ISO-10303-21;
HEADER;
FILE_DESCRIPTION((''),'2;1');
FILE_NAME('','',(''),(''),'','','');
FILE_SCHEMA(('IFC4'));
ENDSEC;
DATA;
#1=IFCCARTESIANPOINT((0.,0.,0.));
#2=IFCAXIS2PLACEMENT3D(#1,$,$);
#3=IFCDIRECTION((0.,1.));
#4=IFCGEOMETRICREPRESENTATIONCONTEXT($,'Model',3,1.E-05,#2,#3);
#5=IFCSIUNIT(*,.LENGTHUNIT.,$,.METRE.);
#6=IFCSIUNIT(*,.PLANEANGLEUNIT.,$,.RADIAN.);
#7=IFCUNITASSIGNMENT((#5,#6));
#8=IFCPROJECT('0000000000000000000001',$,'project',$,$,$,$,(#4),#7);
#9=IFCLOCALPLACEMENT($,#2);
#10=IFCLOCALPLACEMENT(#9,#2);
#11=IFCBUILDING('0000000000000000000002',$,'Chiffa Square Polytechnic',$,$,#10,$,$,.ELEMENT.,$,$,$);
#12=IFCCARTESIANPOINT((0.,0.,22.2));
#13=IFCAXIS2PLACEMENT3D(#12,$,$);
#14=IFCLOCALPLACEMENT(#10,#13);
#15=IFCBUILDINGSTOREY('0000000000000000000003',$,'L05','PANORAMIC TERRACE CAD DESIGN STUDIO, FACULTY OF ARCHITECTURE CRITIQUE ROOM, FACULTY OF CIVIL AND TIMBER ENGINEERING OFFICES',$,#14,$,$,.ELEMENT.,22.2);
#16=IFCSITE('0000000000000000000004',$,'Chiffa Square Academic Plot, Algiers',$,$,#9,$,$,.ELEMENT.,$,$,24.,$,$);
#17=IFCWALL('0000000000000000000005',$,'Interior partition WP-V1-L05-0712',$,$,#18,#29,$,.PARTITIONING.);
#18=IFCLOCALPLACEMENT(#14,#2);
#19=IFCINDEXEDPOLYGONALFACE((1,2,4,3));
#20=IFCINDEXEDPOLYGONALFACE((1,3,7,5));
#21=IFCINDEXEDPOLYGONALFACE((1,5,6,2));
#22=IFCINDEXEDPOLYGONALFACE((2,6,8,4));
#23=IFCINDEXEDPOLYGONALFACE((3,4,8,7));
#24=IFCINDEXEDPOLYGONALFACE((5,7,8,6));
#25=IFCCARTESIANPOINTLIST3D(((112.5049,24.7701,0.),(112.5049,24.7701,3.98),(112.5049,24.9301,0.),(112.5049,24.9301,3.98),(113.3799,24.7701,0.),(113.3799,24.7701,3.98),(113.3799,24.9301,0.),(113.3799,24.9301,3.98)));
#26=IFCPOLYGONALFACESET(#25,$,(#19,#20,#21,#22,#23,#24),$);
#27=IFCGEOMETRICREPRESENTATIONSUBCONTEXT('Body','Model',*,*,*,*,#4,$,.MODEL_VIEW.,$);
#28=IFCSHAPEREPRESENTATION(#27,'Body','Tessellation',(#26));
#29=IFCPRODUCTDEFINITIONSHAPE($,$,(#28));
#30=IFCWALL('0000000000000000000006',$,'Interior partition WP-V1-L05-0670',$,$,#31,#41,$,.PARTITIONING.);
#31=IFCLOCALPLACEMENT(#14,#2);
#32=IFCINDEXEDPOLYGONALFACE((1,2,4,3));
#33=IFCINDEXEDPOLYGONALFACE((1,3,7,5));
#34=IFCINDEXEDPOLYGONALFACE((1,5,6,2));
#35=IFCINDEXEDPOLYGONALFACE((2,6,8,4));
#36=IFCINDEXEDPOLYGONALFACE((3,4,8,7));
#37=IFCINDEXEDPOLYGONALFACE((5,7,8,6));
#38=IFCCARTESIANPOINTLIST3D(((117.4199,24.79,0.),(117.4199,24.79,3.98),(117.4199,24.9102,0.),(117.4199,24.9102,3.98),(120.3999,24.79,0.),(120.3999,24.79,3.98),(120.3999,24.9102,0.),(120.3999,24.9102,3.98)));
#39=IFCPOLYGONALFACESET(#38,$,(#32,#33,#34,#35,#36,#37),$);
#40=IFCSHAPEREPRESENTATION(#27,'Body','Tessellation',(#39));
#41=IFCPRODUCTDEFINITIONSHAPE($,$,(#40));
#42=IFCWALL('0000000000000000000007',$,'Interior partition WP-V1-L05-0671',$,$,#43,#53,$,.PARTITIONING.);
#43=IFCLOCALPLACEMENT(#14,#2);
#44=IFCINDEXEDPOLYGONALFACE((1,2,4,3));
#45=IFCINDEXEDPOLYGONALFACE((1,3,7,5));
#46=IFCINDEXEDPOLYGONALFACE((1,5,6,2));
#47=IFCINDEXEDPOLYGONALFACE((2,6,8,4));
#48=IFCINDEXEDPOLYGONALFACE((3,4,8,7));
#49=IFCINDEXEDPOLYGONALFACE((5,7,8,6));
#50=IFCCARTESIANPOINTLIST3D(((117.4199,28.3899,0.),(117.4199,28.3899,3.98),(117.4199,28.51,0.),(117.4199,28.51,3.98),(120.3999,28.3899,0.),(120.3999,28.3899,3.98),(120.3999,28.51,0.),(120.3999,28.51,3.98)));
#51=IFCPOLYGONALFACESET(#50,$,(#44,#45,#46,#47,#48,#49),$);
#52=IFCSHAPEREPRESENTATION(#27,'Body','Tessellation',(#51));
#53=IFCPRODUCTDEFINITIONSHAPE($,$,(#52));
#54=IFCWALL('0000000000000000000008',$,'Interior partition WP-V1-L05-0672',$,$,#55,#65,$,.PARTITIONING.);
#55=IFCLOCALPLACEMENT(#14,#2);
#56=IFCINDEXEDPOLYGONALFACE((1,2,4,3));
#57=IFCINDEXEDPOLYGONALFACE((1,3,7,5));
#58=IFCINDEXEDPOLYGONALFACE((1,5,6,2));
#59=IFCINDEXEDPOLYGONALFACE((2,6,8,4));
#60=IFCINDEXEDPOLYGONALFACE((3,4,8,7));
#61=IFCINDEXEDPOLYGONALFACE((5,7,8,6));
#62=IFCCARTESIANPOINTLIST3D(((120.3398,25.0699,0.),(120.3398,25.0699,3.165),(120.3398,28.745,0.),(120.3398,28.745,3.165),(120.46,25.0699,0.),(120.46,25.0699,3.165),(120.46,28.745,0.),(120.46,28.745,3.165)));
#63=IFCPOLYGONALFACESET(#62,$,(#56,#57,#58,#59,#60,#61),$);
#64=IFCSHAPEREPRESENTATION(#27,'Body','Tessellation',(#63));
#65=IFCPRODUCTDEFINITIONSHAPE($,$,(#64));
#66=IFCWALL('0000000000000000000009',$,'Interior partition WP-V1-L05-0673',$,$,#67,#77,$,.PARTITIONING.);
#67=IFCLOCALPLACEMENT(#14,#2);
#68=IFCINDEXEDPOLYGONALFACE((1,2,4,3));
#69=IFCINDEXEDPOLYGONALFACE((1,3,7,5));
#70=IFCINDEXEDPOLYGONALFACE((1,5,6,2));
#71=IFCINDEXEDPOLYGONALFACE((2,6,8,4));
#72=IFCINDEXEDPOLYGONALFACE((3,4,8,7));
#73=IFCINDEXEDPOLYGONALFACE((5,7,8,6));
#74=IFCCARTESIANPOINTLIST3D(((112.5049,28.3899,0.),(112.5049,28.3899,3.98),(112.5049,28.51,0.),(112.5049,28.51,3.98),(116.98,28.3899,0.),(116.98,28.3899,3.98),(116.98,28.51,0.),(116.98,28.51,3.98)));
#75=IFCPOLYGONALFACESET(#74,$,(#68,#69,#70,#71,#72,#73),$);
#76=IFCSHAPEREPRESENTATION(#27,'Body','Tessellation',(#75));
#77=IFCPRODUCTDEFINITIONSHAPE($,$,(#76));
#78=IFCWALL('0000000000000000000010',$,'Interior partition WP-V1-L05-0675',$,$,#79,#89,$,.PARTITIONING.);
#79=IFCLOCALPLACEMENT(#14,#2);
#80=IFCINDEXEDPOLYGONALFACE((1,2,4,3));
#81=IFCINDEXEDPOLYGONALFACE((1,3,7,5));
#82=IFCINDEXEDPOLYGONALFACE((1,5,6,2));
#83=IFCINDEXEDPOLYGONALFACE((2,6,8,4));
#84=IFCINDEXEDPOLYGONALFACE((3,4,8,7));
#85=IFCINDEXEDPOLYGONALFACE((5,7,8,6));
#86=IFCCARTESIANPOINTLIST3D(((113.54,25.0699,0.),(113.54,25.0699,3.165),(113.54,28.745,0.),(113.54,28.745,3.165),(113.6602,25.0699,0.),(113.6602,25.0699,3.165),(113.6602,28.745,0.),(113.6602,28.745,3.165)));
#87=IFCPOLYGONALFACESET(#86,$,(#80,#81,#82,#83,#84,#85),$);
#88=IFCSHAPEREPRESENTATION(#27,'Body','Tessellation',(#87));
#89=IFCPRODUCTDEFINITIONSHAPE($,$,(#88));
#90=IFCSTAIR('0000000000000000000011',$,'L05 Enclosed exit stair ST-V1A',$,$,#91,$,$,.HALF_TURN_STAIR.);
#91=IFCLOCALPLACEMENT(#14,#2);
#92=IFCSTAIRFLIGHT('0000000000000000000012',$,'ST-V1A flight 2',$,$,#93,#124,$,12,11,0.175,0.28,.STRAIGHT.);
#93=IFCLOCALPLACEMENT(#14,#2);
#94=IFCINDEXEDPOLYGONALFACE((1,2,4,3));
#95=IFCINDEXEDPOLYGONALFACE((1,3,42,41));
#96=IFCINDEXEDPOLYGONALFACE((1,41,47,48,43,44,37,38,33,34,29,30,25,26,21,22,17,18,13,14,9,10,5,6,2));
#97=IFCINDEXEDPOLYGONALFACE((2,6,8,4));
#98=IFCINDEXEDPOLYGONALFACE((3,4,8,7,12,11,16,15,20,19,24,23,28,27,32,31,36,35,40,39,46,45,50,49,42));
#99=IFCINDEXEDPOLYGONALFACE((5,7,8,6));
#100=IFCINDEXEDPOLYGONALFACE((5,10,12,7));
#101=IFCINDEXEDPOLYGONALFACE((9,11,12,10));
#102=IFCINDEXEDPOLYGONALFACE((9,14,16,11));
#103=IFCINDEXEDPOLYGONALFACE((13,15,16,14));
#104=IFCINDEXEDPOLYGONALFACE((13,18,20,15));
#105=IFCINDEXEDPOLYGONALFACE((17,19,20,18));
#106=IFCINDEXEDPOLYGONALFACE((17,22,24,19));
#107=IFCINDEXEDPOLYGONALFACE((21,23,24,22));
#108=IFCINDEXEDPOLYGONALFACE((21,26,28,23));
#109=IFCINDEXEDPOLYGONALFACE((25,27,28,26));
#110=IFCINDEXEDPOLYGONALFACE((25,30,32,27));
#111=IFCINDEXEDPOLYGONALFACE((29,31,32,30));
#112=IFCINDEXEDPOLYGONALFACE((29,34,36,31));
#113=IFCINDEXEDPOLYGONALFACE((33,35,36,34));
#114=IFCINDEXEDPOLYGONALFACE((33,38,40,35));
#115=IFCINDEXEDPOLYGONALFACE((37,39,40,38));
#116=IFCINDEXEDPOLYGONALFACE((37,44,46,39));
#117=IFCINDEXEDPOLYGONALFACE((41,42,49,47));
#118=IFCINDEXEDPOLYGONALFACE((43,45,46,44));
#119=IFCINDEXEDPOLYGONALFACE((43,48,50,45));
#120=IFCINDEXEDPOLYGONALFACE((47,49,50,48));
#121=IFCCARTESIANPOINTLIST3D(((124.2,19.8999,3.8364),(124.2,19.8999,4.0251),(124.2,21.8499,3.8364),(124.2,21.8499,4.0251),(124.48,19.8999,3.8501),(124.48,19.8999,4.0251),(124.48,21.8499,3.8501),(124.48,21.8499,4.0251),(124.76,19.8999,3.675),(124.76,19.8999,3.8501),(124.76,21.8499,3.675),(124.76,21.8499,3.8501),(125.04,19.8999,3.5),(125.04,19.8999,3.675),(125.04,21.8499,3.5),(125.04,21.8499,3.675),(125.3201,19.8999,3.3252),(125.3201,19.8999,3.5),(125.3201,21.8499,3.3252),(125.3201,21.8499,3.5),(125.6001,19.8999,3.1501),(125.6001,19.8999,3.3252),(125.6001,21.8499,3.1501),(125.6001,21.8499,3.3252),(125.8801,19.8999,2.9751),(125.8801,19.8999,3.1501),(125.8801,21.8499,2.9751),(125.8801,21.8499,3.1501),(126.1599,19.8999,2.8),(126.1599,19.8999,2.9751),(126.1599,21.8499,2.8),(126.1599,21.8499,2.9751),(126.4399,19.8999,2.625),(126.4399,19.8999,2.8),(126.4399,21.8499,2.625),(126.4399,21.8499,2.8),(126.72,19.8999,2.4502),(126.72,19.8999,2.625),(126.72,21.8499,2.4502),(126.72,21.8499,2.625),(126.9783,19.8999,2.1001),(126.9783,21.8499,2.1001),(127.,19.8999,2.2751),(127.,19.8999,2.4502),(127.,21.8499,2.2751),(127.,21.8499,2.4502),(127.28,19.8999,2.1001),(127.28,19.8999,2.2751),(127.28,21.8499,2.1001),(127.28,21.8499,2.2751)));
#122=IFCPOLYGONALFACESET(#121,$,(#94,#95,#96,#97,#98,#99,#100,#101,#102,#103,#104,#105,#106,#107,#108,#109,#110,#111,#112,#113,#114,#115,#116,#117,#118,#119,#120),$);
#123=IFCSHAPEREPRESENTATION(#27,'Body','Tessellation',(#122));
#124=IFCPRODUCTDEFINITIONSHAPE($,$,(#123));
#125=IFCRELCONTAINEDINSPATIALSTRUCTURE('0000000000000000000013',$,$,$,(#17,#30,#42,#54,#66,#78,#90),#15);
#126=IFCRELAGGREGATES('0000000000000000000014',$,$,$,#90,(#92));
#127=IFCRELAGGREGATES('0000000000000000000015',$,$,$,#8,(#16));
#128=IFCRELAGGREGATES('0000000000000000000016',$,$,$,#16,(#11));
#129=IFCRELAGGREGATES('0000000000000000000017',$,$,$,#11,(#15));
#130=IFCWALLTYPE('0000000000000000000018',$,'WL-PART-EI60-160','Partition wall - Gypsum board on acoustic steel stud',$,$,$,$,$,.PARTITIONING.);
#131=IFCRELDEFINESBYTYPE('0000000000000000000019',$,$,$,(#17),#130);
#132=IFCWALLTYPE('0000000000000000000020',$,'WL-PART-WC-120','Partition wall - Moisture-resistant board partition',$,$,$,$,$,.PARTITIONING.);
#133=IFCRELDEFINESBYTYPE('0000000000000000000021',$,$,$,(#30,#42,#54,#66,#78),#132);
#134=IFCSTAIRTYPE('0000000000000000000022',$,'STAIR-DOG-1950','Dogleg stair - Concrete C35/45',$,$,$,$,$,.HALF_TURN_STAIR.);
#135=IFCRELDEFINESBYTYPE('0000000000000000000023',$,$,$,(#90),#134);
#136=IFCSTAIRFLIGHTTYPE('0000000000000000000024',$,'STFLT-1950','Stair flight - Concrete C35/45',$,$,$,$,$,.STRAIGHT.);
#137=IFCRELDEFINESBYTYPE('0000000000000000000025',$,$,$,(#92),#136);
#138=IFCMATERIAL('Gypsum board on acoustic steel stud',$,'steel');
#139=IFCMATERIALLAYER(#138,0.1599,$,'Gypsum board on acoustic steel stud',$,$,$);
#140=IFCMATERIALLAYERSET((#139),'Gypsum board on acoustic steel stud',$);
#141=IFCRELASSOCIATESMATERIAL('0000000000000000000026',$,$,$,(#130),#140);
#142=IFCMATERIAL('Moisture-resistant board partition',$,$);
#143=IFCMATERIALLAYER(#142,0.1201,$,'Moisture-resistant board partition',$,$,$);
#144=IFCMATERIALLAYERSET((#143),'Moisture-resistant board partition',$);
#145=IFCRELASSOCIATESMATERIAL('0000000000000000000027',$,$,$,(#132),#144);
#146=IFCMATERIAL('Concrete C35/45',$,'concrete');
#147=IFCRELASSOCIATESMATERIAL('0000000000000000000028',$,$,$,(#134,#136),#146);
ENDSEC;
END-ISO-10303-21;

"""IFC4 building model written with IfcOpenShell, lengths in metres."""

from ifc_helpers import new_model, si_unit, direction, frame, frame_2d, origin, place, context, subcontext, project, spatial, polyline, rectangle, outline, extrude, material, layer, layer_set, type_object, element, aggregate, save


model = new_model("IFC4")

# Units and contexts
model_context = context("Model", 3, precision=1e-05, world=origin(), true_north=direction((0.0, 1.0)))
body_context = subcontext(model_context, "Body", "Model", "MODEL_VIEW")
ifc_project = project(units=[si_unit("LENGTHUNIT", "METRE"), si_unit("PLANEANGLEUNIT", "RADIAN")], contexts=[model_context])

# Site, building, storey
site_placement = place(None, origin())
site = spatial("IfcSite", under=ifc_project, at=site_placement, Name="Chiffa Square Academic Plot, Algiers", CompositionType="ELEMENT", RefElevation=24.0)
building_placement = place(site_placement, origin())
building = spatial("IfcBuilding", under=site, at=building_placement, Name="Chiffa Square Polytechnic", CompositionType="ELEMENT")
storey_placement = place(building_placement, frame((0.0, 0.0, 22.2)))
storey = spatial("IfcBuildingStorey", under=building, at=storey_placement, Name="L05", Description="PANORAMIC TERRACE CAD DESIGN STUDIO, FACULTY OF ARCHITECTURE CRITIQUE ROOM, FACULTY OF CIVIL AND TIMBER ENGINEERING OFFICES", CompositionType="ELEMENT", Elevation=22.2)

# Shared definitions
ifc_material_1 = material(Name="Concrete C35/45", Category="concrete")

# Wall
ifc_material_2 = material(Name="Gypsum board on acoustic steel stud", Category="steel")
ifc_layer_1 = layer(ifc_material_2, 0.1599, Name="Gypsum board on acoustic steel stud")
ifc_layer_set_1 = layer_set([ifc_layer_1], Name="Gypsum board on acoustic steel stud")
wall_type_1 = type_object("IfcWallType", Name="WL-PART-EI60-160", Description="Partition wall - Gypsum board on acoustic steel stud", PredefinedType="PARTITIONING", material=ifc_layer_set_1)
wall_1_placement = place(storey_placement, frame((112.5049, 24.8501, 0.0), z_axis=(0.0, 0.0, 1.0), x_axis=(1.0, 0.0, 0.0)))
element("IfcWall", 1, at=wall_1_placement, inside=storey, type_object=wall_type_1, Name="Interior partition WP-V1-L05-0712", PredefinedType="PARTITIONING", context=body_context, shape_type="SweptSolid", body=[
    extrude(rectangle(XDim=0.875, YDim=0.1599, at=frame_2d((0.4375, 0.0))), origin(), (0.0, 0.0, 1.0), 3.98),
])

# Shared definitions
ifc_material_3 = material(Name="Moisture-resistant board partition")
ifc_layer_2 = layer(ifc_material_3, 0.1201, Name="Moisture-resistant board partition")
ifc_layer_set_2 = layer_set([ifc_layer_2], Name="Moisture-resistant board partition")
wall_type_2 = type_object("IfcWallType", Name="WL-PART-WC-120", Description="Partition wall - Moisture-resistant board partition", PredefinedType="PARTITIONING", material=ifc_layer_set_2)

# Walls
for number, where, z_axis, x_axis, name in (
    (2, (117.4199, 24.8501, 0.0), (0.0, 0.0, 1.0), (1.0, 0.0, 0.0), "Interior partition WP-V1-L05-0670"),
    (3, (117.4199, 28.45, 0.0), (0.0, 0.0, 1.0), (1.0, 0.0, 0.0), "Interior partition WP-V1-L05-0671"),
):
    element("IfcWall", number, at=place(storey_placement, frame(where, z_axis=z_axis, x_axis=x_axis)), inside=storey, type_object=wall_type_2, Name=name, PredefinedType="PARTITIONING", context=body_context, shape_type="SweptSolid", body=[
        extrude(rectangle(XDim=2.98, YDim=0.1201, at=frame_2d((1.49, 0.0))), origin(), (0.0, 0.0, 1.0), 3.98),
    ])
wall_2_placement = place(storey_placement, frame((120.3999, 25.0701, 0.0), z_axis=(0.0, 0.0, 1.0), x_axis=(0.0, 1.0, 0.0)))
element("IfcWall", 4, at=wall_2_placement, inside=storey, type_object=wall_type_2, Name="Interior partition WP-V1-L05-0672", PredefinedType="PARTITIONING", context=body_context, shape_type="SweptSolid", body=[
    extrude(rectangle(XDim=3.675, YDim=0.1201, at=frame_2d((1.8374, 0.0))), origin(), (0.0, 0.0, 1.0), 3.165),
])
wall_3_placement = place(storey_placement, frame((112.5049, 28.45, 0.0), z_axis=(0.0, 0.0, 1.0), x_axis=(1.0, 0.0, 0.0)))
element("IfcWall", 5, at=wall_3_placement, inside=storey, type_object=wall_type_2, Name="Interior partition WP-V1-L05-0673", PredefinedType="PARTITIONING", context=body_context, shape_type="SweptSolid", body=[
    extrude(rectangle(XDim=4.4751, YDim=0.1201, at=frame_2d((2.2375, 0.0))), origin(), (0.0, 0.0, 1.0), 3.98),
])

# Wall
wall_4_placement = place(storey_placement, frame((113.6001, 25.0701, 0.0), z_axis=(0.0, 0.0, 1.0), x_axis=(0.0, 1.0, 0.0)))
element("IfcWall", 6, at=wall_4_placement, inside=storey, type_object=wall_type_2, Name="Interior partition WP-V1-L05-0675", PredefinedType="PARTITIONING", context=body_context, shape_type="SweptSolid", body=[
    extrude(rectangle(XDim=3.675, YDim=0.1201, at=frame_2d((1.8374, 0.0))), origin(), (0.0, 0.0, 1.0), 3.165),
])

# Stair, stair flight
stair_type = type_object("IfcStairType", Name="STAIR-DOG-1950", Description="Dogleg stair - Concrete C35/45", PredefinedType="HALF_TURN_STAIR", material=ifc_material_1)
stair_placement = place(storey_placement, origin())
stair = element("IfcStair", 7, at=stair_placement, inside=storey, type_object=stair_type, Name="L05 Enclosed exit stair ST-V1A", PredefinedType="HALF_TURN_STAIR")
stair_flight_type = type_object("IfcStairFlightType", Name="STFLT-1950", Description="Stair flight - Concrete C35/45", PredefinedType="STRAIGHT", material=ifc_material_1)
stair_flight_placement = place(storey_placement, frame((127.28, 20.875, 2.1001), z_axis=(0.0, 0.0, 1.0), x_axis=(-1.0, 0.0, 0.0)))
stair_flight = element("IfcStairFlight", 8, at=stair_flight_placement, type_object=stair_flight_type, Name="ST-V1A flight 2", NumberOfRisers=12, NumberOfTreads=11, PredefinedType="STRAIGHT", RiserHeight=0.175, TreadLength=0.28, context=body_context, shape_type="SweptSolid", body=[
    extrude(outline(polyline([(0.0, 0.0), (0.0, 0.175), (0.28, 0.175), (0.28, 0.3501), (0.5601, 0.3501), (0.5601, 0.5249), (0.8401, 0.5249), (0.8401, 0.7), (1.1201, 0.7), (1.1201, 0.875), (1.3999, 0.875), (1.3999, 1.05), (1.6799, 1.05), (1.6799, 1.2251), (1.96, 1.2251), (1.96, 1.3999), (2.24, 1.3999), (2.24, 1.575), (2.52, 1.575), (2.52, 1.75), (2.8, 1.75), (2.8, 1.925), (3.0801, 1.925), (3.0801, 2.1001), (3.0801, 1.7363), (0.3018, 0.0), (0.0, 0.0)])), frame((0.0, 0.9751, 0.0), z_axis=(0.0, -1.0, 0.0), x_axis=(1.0, 0.0, 0.0)), (0.0, 0.0, 1.0), 1.95),
])
aggregate(stair, [stair_flight])

save(model, "model.ifc")
